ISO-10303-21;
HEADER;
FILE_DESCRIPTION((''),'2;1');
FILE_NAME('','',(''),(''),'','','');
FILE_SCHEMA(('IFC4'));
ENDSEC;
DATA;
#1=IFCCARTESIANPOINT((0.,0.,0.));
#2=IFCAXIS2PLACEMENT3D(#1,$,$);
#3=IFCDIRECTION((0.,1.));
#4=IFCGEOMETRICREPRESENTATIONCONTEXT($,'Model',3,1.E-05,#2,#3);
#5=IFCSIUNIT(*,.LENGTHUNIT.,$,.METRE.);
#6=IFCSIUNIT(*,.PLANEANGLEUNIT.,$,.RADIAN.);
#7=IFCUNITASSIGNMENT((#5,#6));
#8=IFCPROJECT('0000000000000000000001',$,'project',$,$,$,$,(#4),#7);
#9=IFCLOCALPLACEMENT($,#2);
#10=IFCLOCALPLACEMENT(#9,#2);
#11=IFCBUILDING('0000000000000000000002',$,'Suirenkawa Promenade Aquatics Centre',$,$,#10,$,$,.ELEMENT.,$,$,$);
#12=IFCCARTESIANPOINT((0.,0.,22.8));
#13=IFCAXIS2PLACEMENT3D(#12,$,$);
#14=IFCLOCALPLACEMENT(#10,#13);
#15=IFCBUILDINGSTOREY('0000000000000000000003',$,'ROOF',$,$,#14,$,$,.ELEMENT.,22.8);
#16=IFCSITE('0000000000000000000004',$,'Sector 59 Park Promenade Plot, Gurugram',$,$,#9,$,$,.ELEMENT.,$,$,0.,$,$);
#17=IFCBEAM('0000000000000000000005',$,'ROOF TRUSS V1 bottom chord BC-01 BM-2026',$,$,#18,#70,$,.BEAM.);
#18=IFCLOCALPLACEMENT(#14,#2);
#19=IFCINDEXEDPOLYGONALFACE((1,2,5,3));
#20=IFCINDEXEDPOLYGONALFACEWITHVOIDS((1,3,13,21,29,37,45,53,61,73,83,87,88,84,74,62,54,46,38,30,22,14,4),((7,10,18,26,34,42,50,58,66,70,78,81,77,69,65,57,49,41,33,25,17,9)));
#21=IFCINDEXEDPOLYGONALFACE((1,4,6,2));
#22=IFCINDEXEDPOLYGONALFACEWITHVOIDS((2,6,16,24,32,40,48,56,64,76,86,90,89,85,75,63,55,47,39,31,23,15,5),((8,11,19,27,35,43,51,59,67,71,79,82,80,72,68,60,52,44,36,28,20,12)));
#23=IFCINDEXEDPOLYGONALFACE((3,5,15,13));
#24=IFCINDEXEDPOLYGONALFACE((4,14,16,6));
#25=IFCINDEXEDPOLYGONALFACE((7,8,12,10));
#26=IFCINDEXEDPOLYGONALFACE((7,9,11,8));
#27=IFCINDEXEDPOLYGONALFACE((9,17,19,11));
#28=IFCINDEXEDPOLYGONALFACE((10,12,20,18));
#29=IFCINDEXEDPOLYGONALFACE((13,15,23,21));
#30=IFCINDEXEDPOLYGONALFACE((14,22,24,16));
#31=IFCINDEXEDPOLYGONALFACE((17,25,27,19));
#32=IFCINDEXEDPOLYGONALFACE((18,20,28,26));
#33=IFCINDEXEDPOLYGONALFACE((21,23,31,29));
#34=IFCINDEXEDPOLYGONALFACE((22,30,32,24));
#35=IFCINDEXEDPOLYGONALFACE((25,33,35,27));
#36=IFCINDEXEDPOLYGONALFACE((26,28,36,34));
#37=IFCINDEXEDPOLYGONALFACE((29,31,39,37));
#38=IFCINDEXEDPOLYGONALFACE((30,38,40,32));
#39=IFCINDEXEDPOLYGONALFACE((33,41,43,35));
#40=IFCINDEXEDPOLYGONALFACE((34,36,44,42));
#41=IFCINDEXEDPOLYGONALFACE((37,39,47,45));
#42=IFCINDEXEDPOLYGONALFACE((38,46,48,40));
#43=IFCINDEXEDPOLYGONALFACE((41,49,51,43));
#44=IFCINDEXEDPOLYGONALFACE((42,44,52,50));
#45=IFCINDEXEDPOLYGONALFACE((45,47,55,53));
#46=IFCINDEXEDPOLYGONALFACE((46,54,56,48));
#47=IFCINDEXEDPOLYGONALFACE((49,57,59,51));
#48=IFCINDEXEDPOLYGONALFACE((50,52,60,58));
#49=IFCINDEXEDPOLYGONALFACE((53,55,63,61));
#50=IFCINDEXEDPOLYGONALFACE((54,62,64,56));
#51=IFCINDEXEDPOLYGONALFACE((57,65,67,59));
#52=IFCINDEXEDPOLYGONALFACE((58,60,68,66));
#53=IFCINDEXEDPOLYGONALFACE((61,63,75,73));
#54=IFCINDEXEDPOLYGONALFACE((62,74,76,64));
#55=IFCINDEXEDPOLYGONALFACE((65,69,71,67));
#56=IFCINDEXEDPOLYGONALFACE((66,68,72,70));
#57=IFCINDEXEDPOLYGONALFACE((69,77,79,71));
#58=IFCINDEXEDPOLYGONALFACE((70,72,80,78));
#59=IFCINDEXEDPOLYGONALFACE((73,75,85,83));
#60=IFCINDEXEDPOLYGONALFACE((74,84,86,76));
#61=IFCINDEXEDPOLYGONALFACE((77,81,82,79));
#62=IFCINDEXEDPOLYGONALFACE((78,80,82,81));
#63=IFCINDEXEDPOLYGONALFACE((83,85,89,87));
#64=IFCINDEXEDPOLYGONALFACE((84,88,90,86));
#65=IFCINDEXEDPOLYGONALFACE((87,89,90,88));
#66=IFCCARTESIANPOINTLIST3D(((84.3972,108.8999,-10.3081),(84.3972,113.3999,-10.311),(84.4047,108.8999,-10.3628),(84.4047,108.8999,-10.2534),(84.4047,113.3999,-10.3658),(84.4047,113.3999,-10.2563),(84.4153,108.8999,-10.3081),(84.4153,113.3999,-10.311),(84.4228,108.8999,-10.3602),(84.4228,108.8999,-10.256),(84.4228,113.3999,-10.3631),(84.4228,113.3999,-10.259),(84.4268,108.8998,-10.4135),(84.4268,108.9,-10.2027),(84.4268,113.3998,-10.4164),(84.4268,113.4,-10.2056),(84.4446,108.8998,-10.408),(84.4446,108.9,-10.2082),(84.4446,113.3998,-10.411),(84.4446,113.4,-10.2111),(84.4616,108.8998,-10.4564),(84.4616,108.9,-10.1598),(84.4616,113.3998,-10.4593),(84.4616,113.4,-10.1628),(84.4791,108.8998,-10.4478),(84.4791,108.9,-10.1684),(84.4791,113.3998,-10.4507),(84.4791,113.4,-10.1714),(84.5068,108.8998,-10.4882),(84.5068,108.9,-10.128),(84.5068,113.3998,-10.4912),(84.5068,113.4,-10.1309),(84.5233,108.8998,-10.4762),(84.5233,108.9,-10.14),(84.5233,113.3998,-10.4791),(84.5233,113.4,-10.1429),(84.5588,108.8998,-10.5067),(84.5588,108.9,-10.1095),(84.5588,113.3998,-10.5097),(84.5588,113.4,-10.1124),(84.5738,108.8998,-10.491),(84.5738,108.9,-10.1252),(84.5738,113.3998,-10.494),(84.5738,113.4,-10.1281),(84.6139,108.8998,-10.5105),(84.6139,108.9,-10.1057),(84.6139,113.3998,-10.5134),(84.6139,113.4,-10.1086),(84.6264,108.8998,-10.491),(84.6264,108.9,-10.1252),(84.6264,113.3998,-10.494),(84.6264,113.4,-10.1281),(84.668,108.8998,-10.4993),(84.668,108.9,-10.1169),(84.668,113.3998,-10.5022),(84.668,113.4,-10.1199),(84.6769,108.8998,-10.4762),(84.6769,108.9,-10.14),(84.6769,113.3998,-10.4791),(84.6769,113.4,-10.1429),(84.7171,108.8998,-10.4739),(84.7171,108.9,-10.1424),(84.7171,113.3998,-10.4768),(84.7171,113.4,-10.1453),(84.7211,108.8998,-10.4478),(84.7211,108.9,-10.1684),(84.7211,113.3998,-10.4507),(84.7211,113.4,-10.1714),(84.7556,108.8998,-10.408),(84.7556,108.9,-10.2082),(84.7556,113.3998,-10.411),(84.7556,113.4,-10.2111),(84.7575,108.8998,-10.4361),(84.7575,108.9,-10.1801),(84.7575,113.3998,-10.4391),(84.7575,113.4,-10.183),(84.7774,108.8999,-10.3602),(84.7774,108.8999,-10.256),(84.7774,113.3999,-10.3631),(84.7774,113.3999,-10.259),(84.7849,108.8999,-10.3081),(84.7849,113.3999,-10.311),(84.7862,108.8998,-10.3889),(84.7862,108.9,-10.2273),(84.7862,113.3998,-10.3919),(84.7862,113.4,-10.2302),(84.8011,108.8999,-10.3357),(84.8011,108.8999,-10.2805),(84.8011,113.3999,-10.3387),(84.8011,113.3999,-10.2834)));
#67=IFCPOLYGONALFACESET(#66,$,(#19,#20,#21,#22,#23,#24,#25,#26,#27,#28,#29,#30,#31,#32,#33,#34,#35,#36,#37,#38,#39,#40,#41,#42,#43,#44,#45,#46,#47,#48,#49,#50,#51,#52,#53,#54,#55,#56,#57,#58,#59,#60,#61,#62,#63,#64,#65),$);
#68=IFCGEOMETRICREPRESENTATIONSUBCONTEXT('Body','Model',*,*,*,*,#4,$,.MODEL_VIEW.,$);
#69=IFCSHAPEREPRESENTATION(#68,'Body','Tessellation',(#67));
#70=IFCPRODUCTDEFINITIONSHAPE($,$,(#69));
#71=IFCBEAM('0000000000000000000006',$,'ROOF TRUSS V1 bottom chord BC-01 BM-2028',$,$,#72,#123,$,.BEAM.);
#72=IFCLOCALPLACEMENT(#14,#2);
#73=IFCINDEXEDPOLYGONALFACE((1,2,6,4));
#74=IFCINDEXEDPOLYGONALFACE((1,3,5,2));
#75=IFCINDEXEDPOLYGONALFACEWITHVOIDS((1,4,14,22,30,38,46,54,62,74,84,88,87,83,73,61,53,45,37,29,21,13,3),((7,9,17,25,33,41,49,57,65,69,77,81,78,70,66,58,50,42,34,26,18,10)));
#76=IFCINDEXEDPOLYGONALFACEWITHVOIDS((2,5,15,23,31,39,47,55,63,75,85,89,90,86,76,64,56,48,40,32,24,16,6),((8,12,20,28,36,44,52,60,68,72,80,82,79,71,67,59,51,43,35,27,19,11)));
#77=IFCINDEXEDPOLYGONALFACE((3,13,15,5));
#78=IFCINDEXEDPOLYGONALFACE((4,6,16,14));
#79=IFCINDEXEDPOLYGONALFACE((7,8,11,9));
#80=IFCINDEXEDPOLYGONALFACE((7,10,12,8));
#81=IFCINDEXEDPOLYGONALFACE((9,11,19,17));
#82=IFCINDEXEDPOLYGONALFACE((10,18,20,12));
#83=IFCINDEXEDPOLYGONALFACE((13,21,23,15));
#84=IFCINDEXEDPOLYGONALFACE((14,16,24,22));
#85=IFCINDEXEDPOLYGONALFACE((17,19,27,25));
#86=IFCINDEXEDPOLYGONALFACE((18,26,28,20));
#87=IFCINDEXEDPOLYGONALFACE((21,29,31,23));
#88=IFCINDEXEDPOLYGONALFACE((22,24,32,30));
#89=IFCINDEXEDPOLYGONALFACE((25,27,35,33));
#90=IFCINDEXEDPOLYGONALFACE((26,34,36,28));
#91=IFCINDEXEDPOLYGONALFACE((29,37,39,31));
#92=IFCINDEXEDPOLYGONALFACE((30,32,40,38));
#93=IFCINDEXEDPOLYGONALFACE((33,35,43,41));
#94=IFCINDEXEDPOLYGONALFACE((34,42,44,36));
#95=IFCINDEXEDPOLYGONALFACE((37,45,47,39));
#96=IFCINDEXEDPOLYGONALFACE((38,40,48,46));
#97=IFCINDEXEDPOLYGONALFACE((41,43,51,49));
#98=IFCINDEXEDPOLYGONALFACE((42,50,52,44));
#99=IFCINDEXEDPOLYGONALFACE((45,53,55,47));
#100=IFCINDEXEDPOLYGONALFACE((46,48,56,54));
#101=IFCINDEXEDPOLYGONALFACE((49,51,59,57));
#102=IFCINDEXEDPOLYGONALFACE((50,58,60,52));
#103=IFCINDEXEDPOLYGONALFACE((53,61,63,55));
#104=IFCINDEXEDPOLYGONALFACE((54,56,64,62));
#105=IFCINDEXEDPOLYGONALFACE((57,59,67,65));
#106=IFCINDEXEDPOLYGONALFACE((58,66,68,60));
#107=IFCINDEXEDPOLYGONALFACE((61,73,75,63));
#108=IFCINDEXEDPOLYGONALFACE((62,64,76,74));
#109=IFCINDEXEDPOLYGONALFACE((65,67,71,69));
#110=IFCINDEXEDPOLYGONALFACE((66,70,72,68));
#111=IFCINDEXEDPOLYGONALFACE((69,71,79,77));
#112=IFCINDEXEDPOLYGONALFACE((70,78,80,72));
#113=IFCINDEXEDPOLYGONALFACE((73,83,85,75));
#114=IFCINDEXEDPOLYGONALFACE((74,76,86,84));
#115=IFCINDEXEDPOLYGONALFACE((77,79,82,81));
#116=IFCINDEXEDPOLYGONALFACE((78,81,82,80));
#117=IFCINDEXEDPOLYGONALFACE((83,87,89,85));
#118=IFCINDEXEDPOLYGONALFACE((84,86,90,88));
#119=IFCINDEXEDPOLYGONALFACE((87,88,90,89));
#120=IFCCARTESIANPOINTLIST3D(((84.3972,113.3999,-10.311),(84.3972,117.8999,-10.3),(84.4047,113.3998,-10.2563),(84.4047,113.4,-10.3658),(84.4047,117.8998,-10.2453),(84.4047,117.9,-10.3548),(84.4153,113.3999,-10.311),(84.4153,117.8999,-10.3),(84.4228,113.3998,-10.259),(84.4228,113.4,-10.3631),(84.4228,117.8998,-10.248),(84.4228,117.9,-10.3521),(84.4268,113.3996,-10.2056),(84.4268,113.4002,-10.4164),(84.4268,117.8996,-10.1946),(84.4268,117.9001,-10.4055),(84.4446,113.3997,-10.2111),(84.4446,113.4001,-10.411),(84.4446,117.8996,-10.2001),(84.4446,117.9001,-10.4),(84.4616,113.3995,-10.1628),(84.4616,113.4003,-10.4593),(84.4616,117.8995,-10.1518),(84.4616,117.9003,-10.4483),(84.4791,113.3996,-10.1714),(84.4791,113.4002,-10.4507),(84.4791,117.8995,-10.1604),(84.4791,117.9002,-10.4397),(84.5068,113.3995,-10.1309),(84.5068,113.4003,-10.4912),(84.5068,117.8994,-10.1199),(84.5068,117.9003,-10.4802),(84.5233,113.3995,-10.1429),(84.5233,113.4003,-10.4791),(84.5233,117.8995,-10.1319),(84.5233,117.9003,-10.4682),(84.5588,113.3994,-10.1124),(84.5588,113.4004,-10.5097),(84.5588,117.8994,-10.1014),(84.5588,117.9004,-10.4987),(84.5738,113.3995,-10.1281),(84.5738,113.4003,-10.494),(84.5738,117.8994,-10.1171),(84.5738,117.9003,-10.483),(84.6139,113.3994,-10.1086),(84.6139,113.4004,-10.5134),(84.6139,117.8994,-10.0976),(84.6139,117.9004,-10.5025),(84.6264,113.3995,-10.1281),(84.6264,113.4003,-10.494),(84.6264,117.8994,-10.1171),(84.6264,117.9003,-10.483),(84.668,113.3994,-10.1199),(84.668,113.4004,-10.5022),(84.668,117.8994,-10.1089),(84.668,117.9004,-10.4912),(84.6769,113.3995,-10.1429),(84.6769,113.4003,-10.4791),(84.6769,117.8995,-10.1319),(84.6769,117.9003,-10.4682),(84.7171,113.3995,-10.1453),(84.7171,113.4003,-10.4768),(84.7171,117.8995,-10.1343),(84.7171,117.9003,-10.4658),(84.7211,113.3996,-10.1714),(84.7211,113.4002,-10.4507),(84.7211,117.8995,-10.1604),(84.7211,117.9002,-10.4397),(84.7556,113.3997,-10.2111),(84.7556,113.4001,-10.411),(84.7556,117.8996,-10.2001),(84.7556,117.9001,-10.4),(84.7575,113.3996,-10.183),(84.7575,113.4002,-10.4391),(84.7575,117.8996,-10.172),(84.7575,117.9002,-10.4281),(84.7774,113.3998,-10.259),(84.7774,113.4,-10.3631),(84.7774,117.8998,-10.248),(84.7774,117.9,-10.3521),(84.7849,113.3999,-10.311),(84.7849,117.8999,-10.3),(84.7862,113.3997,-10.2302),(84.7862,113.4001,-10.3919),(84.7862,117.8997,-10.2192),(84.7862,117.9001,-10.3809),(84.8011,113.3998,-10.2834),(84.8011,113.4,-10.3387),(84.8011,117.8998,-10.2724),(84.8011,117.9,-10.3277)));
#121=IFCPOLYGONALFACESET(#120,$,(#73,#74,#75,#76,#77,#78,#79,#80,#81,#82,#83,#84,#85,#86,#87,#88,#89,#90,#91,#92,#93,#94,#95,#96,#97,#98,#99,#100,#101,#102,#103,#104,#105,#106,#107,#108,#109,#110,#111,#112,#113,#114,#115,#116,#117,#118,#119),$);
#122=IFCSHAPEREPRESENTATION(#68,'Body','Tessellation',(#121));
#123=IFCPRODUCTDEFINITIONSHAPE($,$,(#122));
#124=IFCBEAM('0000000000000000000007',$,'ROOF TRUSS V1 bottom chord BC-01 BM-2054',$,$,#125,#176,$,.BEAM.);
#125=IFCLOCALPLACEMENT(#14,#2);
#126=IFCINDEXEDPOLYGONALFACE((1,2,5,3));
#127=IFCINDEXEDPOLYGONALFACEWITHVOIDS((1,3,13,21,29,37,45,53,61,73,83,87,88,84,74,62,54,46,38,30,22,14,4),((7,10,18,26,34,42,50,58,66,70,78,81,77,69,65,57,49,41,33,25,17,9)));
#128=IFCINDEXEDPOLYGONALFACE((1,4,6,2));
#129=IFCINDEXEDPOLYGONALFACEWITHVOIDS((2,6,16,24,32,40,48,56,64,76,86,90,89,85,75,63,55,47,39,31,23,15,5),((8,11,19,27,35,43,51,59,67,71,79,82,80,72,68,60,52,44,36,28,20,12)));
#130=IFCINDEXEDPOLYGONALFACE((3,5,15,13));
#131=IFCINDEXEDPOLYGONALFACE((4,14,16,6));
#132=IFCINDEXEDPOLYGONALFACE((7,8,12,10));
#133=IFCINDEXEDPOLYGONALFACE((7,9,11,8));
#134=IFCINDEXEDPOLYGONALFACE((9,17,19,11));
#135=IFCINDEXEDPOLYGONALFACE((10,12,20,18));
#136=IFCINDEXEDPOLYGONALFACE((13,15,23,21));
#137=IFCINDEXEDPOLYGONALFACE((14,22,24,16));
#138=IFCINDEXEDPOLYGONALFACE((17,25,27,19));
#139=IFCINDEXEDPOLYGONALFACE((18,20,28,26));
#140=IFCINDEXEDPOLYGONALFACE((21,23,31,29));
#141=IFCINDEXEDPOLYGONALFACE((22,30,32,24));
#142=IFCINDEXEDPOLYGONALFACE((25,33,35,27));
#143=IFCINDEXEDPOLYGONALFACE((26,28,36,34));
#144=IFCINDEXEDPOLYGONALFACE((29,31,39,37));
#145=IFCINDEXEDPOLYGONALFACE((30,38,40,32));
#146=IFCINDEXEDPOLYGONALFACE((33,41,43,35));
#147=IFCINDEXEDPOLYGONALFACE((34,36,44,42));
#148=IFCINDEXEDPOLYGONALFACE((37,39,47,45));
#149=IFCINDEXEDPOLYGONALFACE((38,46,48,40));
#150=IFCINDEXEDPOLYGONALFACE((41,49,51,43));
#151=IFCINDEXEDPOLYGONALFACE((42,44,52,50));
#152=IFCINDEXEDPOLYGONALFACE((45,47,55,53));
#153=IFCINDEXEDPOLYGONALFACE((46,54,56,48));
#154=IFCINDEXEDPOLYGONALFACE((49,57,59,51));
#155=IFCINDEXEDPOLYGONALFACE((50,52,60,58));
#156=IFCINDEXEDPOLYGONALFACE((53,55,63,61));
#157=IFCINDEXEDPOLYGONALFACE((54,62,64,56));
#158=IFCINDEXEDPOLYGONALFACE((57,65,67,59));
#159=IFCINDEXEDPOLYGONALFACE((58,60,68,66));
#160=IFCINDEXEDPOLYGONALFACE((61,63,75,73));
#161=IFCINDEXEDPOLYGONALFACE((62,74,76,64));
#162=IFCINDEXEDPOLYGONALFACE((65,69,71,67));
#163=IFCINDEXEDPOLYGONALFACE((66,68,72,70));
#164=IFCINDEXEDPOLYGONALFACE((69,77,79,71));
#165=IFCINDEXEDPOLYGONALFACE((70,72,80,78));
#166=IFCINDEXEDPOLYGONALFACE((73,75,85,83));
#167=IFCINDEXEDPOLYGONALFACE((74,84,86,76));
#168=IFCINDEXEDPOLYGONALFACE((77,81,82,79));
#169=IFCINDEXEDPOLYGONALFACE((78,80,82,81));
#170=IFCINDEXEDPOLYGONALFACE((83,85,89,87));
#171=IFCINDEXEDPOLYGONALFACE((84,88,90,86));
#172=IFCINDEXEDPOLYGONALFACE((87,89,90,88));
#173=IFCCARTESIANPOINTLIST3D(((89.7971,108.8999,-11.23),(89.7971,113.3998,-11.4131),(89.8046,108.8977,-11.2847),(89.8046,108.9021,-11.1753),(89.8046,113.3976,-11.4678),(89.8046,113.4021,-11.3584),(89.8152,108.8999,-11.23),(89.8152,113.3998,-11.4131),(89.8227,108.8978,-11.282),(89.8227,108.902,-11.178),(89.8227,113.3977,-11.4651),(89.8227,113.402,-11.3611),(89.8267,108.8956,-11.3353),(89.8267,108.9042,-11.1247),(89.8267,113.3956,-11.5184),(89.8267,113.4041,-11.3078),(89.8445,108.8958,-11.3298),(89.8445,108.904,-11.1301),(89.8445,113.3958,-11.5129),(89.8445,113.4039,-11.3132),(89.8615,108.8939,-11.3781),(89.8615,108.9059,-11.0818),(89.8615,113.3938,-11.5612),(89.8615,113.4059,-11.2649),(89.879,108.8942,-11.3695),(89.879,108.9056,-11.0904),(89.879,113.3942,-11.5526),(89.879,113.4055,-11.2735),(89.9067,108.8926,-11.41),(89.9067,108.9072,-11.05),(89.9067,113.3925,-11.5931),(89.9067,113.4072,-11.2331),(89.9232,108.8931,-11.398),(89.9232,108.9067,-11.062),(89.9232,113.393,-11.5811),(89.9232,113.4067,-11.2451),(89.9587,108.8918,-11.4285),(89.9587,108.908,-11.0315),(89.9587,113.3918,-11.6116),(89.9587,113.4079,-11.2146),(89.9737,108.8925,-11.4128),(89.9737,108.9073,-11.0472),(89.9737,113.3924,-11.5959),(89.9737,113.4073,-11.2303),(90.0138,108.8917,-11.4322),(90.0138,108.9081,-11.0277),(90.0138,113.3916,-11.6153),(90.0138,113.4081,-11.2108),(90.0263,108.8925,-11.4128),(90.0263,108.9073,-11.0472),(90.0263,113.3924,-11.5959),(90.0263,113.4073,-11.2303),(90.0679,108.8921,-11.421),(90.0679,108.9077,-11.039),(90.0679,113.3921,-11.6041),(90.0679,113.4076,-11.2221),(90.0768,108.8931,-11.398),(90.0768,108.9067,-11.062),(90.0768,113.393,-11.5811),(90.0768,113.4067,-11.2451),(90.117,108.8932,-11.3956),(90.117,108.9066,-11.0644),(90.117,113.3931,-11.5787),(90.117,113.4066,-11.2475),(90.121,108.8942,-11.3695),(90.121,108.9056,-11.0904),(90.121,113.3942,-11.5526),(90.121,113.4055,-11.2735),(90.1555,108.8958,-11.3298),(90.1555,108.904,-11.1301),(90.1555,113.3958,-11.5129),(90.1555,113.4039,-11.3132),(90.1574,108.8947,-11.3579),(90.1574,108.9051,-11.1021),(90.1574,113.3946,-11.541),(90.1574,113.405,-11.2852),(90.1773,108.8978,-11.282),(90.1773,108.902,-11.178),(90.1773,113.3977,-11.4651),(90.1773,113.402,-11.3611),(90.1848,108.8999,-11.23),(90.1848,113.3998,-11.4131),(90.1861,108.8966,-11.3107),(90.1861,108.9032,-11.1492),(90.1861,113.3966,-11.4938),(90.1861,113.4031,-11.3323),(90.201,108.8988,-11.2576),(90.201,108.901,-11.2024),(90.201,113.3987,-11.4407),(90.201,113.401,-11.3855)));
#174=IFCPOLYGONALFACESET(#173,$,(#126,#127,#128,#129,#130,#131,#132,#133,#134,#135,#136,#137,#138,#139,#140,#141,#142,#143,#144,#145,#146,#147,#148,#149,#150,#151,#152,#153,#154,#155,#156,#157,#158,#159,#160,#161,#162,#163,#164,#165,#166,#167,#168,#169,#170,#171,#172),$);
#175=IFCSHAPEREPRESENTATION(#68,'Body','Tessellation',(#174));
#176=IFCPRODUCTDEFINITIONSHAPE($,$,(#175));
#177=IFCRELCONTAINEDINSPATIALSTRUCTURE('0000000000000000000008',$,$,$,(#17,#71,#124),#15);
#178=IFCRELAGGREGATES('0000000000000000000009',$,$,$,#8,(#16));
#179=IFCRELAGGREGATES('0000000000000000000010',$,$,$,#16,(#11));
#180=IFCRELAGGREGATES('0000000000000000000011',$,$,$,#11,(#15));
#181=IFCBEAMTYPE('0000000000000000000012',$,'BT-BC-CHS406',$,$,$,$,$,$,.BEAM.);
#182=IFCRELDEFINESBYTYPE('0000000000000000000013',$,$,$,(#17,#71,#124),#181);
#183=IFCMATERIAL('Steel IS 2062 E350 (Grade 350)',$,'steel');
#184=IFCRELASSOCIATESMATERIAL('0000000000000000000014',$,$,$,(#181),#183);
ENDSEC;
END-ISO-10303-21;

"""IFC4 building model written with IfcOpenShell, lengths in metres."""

from ifc_helpers import new_model, si_unit, direction, frame, origin, origin_2d, place, context, subcontext, project, spatial, hollow_circle, extrude, material, material_profile, profile_set, type_object, element, save


model = new_model("IFC4")

# Units and contexts
model_context = context("Model", 3, precision=1e-05, world=origin(), true_north=direction((0.0, 1.0)))
body_context = subcontext(model_context, "Body", "Model", "MODEL_VIEW")
ifc_project = project(units=[si_unit("LENGTHUNIT", "METRE"), si_unit("PLANEANGLEUNIT", "RADIAN")], contexts=[model_context])

# Site, building, storey
site_placement = place(None, origin())
site = spatial("IfcSite", under=ifc_project, at=site_placement, Name="Sector 59 Park Promenade Plot, Gurugram", CompositionType="ELEMENT", RefElevation=0.0)
building_placement = place(site_placement, origin())
building = spatial("IfcBuilding", under=site, at=building_placement, Name="Suirenkawa Promenade Aquatics Centre", CompositionType="ELEMENT")
storey_placement = place(building_placement, frame((0.0, 0.0, 22.8)))
storey = spatial("IfcBuildingStorey", under=building, at=storey_placement, Name="ROOF", CompositionType="ELEMENT", Elevation=22.8)

# Beams
ifc_material = material(Name="Steel IS 2062 E350 (Grade 350)", Category="steel")
ifc_material_profile_1 = material_profile(ifc_material, hollow_circle(Radius=0.2029, WallThickness=0.0181, at=origin_2d()), Name="CHS 406x18", Category="steel")
ifc_profile_set_1 = profile_set([ifc_material_profile_1], Name="Steel IS 2062 E350 (Grade 350)")
beam_type_1 = type_object("IfcBeamType", Name="BT-BC-CHS406", PredefinedType="BEAM", material=ifc_profile_set_1)
for number, where, z_axis, x_axis, name in (
    (1, (84.6001, 108.8999, -10.3081), (0.0, 1.0, -0.000651), (-1.0, 0.0, 0.0), "ROOF TRUSS V1 bottom chord BC-01 BM-2026"),
    (2, (84.6001, 113.3999, -10.311), (0.0, 0.999997, 0.002441), (-1.0, 0.0, 0.0), "ROOF TRUSS V1 bottom chord BC-01 BM-2028"),
):
    element("IfcBeam", number, at=place(storey_placement, frame(where, z_axis=z_axis, x_axis=x_axis)), inside=storey, type_object=beam_type_1, Name=name, PredefinedType="BEAM", context=body_context, shape_type="SweptSolid", body=[
        extrude(hollow_circle(Radius=0.2029, WallThickness=0.0181, at=origin_2d()), origin(), (0.0, 0.0, 1.0), 4.5),
    ])
beam_placement = place(storey_placement, frame((90.0, 108.8999, -11.23), z_axis=(0.0, 0.999173, -0.040656), x_axis=(-1.0, 0.0, 0.0)))
element("IfcBeam", 3, at=beam_placement, inside=storey, type_object=beam_type_1, Name="ROOF TRUSS V1 bottom chord BC-01 BM-2054", PredefinedType="BEAM", context=body_context, shape_type="SweptSolid", body=[
    extrude(hollow_circle(Radius=0.2029, WallThickness=0.0181, at=origin_2d()), origin(), (0.0, 0.0, 1.0), 4.5037),
])

save(model, "model.ifc")
